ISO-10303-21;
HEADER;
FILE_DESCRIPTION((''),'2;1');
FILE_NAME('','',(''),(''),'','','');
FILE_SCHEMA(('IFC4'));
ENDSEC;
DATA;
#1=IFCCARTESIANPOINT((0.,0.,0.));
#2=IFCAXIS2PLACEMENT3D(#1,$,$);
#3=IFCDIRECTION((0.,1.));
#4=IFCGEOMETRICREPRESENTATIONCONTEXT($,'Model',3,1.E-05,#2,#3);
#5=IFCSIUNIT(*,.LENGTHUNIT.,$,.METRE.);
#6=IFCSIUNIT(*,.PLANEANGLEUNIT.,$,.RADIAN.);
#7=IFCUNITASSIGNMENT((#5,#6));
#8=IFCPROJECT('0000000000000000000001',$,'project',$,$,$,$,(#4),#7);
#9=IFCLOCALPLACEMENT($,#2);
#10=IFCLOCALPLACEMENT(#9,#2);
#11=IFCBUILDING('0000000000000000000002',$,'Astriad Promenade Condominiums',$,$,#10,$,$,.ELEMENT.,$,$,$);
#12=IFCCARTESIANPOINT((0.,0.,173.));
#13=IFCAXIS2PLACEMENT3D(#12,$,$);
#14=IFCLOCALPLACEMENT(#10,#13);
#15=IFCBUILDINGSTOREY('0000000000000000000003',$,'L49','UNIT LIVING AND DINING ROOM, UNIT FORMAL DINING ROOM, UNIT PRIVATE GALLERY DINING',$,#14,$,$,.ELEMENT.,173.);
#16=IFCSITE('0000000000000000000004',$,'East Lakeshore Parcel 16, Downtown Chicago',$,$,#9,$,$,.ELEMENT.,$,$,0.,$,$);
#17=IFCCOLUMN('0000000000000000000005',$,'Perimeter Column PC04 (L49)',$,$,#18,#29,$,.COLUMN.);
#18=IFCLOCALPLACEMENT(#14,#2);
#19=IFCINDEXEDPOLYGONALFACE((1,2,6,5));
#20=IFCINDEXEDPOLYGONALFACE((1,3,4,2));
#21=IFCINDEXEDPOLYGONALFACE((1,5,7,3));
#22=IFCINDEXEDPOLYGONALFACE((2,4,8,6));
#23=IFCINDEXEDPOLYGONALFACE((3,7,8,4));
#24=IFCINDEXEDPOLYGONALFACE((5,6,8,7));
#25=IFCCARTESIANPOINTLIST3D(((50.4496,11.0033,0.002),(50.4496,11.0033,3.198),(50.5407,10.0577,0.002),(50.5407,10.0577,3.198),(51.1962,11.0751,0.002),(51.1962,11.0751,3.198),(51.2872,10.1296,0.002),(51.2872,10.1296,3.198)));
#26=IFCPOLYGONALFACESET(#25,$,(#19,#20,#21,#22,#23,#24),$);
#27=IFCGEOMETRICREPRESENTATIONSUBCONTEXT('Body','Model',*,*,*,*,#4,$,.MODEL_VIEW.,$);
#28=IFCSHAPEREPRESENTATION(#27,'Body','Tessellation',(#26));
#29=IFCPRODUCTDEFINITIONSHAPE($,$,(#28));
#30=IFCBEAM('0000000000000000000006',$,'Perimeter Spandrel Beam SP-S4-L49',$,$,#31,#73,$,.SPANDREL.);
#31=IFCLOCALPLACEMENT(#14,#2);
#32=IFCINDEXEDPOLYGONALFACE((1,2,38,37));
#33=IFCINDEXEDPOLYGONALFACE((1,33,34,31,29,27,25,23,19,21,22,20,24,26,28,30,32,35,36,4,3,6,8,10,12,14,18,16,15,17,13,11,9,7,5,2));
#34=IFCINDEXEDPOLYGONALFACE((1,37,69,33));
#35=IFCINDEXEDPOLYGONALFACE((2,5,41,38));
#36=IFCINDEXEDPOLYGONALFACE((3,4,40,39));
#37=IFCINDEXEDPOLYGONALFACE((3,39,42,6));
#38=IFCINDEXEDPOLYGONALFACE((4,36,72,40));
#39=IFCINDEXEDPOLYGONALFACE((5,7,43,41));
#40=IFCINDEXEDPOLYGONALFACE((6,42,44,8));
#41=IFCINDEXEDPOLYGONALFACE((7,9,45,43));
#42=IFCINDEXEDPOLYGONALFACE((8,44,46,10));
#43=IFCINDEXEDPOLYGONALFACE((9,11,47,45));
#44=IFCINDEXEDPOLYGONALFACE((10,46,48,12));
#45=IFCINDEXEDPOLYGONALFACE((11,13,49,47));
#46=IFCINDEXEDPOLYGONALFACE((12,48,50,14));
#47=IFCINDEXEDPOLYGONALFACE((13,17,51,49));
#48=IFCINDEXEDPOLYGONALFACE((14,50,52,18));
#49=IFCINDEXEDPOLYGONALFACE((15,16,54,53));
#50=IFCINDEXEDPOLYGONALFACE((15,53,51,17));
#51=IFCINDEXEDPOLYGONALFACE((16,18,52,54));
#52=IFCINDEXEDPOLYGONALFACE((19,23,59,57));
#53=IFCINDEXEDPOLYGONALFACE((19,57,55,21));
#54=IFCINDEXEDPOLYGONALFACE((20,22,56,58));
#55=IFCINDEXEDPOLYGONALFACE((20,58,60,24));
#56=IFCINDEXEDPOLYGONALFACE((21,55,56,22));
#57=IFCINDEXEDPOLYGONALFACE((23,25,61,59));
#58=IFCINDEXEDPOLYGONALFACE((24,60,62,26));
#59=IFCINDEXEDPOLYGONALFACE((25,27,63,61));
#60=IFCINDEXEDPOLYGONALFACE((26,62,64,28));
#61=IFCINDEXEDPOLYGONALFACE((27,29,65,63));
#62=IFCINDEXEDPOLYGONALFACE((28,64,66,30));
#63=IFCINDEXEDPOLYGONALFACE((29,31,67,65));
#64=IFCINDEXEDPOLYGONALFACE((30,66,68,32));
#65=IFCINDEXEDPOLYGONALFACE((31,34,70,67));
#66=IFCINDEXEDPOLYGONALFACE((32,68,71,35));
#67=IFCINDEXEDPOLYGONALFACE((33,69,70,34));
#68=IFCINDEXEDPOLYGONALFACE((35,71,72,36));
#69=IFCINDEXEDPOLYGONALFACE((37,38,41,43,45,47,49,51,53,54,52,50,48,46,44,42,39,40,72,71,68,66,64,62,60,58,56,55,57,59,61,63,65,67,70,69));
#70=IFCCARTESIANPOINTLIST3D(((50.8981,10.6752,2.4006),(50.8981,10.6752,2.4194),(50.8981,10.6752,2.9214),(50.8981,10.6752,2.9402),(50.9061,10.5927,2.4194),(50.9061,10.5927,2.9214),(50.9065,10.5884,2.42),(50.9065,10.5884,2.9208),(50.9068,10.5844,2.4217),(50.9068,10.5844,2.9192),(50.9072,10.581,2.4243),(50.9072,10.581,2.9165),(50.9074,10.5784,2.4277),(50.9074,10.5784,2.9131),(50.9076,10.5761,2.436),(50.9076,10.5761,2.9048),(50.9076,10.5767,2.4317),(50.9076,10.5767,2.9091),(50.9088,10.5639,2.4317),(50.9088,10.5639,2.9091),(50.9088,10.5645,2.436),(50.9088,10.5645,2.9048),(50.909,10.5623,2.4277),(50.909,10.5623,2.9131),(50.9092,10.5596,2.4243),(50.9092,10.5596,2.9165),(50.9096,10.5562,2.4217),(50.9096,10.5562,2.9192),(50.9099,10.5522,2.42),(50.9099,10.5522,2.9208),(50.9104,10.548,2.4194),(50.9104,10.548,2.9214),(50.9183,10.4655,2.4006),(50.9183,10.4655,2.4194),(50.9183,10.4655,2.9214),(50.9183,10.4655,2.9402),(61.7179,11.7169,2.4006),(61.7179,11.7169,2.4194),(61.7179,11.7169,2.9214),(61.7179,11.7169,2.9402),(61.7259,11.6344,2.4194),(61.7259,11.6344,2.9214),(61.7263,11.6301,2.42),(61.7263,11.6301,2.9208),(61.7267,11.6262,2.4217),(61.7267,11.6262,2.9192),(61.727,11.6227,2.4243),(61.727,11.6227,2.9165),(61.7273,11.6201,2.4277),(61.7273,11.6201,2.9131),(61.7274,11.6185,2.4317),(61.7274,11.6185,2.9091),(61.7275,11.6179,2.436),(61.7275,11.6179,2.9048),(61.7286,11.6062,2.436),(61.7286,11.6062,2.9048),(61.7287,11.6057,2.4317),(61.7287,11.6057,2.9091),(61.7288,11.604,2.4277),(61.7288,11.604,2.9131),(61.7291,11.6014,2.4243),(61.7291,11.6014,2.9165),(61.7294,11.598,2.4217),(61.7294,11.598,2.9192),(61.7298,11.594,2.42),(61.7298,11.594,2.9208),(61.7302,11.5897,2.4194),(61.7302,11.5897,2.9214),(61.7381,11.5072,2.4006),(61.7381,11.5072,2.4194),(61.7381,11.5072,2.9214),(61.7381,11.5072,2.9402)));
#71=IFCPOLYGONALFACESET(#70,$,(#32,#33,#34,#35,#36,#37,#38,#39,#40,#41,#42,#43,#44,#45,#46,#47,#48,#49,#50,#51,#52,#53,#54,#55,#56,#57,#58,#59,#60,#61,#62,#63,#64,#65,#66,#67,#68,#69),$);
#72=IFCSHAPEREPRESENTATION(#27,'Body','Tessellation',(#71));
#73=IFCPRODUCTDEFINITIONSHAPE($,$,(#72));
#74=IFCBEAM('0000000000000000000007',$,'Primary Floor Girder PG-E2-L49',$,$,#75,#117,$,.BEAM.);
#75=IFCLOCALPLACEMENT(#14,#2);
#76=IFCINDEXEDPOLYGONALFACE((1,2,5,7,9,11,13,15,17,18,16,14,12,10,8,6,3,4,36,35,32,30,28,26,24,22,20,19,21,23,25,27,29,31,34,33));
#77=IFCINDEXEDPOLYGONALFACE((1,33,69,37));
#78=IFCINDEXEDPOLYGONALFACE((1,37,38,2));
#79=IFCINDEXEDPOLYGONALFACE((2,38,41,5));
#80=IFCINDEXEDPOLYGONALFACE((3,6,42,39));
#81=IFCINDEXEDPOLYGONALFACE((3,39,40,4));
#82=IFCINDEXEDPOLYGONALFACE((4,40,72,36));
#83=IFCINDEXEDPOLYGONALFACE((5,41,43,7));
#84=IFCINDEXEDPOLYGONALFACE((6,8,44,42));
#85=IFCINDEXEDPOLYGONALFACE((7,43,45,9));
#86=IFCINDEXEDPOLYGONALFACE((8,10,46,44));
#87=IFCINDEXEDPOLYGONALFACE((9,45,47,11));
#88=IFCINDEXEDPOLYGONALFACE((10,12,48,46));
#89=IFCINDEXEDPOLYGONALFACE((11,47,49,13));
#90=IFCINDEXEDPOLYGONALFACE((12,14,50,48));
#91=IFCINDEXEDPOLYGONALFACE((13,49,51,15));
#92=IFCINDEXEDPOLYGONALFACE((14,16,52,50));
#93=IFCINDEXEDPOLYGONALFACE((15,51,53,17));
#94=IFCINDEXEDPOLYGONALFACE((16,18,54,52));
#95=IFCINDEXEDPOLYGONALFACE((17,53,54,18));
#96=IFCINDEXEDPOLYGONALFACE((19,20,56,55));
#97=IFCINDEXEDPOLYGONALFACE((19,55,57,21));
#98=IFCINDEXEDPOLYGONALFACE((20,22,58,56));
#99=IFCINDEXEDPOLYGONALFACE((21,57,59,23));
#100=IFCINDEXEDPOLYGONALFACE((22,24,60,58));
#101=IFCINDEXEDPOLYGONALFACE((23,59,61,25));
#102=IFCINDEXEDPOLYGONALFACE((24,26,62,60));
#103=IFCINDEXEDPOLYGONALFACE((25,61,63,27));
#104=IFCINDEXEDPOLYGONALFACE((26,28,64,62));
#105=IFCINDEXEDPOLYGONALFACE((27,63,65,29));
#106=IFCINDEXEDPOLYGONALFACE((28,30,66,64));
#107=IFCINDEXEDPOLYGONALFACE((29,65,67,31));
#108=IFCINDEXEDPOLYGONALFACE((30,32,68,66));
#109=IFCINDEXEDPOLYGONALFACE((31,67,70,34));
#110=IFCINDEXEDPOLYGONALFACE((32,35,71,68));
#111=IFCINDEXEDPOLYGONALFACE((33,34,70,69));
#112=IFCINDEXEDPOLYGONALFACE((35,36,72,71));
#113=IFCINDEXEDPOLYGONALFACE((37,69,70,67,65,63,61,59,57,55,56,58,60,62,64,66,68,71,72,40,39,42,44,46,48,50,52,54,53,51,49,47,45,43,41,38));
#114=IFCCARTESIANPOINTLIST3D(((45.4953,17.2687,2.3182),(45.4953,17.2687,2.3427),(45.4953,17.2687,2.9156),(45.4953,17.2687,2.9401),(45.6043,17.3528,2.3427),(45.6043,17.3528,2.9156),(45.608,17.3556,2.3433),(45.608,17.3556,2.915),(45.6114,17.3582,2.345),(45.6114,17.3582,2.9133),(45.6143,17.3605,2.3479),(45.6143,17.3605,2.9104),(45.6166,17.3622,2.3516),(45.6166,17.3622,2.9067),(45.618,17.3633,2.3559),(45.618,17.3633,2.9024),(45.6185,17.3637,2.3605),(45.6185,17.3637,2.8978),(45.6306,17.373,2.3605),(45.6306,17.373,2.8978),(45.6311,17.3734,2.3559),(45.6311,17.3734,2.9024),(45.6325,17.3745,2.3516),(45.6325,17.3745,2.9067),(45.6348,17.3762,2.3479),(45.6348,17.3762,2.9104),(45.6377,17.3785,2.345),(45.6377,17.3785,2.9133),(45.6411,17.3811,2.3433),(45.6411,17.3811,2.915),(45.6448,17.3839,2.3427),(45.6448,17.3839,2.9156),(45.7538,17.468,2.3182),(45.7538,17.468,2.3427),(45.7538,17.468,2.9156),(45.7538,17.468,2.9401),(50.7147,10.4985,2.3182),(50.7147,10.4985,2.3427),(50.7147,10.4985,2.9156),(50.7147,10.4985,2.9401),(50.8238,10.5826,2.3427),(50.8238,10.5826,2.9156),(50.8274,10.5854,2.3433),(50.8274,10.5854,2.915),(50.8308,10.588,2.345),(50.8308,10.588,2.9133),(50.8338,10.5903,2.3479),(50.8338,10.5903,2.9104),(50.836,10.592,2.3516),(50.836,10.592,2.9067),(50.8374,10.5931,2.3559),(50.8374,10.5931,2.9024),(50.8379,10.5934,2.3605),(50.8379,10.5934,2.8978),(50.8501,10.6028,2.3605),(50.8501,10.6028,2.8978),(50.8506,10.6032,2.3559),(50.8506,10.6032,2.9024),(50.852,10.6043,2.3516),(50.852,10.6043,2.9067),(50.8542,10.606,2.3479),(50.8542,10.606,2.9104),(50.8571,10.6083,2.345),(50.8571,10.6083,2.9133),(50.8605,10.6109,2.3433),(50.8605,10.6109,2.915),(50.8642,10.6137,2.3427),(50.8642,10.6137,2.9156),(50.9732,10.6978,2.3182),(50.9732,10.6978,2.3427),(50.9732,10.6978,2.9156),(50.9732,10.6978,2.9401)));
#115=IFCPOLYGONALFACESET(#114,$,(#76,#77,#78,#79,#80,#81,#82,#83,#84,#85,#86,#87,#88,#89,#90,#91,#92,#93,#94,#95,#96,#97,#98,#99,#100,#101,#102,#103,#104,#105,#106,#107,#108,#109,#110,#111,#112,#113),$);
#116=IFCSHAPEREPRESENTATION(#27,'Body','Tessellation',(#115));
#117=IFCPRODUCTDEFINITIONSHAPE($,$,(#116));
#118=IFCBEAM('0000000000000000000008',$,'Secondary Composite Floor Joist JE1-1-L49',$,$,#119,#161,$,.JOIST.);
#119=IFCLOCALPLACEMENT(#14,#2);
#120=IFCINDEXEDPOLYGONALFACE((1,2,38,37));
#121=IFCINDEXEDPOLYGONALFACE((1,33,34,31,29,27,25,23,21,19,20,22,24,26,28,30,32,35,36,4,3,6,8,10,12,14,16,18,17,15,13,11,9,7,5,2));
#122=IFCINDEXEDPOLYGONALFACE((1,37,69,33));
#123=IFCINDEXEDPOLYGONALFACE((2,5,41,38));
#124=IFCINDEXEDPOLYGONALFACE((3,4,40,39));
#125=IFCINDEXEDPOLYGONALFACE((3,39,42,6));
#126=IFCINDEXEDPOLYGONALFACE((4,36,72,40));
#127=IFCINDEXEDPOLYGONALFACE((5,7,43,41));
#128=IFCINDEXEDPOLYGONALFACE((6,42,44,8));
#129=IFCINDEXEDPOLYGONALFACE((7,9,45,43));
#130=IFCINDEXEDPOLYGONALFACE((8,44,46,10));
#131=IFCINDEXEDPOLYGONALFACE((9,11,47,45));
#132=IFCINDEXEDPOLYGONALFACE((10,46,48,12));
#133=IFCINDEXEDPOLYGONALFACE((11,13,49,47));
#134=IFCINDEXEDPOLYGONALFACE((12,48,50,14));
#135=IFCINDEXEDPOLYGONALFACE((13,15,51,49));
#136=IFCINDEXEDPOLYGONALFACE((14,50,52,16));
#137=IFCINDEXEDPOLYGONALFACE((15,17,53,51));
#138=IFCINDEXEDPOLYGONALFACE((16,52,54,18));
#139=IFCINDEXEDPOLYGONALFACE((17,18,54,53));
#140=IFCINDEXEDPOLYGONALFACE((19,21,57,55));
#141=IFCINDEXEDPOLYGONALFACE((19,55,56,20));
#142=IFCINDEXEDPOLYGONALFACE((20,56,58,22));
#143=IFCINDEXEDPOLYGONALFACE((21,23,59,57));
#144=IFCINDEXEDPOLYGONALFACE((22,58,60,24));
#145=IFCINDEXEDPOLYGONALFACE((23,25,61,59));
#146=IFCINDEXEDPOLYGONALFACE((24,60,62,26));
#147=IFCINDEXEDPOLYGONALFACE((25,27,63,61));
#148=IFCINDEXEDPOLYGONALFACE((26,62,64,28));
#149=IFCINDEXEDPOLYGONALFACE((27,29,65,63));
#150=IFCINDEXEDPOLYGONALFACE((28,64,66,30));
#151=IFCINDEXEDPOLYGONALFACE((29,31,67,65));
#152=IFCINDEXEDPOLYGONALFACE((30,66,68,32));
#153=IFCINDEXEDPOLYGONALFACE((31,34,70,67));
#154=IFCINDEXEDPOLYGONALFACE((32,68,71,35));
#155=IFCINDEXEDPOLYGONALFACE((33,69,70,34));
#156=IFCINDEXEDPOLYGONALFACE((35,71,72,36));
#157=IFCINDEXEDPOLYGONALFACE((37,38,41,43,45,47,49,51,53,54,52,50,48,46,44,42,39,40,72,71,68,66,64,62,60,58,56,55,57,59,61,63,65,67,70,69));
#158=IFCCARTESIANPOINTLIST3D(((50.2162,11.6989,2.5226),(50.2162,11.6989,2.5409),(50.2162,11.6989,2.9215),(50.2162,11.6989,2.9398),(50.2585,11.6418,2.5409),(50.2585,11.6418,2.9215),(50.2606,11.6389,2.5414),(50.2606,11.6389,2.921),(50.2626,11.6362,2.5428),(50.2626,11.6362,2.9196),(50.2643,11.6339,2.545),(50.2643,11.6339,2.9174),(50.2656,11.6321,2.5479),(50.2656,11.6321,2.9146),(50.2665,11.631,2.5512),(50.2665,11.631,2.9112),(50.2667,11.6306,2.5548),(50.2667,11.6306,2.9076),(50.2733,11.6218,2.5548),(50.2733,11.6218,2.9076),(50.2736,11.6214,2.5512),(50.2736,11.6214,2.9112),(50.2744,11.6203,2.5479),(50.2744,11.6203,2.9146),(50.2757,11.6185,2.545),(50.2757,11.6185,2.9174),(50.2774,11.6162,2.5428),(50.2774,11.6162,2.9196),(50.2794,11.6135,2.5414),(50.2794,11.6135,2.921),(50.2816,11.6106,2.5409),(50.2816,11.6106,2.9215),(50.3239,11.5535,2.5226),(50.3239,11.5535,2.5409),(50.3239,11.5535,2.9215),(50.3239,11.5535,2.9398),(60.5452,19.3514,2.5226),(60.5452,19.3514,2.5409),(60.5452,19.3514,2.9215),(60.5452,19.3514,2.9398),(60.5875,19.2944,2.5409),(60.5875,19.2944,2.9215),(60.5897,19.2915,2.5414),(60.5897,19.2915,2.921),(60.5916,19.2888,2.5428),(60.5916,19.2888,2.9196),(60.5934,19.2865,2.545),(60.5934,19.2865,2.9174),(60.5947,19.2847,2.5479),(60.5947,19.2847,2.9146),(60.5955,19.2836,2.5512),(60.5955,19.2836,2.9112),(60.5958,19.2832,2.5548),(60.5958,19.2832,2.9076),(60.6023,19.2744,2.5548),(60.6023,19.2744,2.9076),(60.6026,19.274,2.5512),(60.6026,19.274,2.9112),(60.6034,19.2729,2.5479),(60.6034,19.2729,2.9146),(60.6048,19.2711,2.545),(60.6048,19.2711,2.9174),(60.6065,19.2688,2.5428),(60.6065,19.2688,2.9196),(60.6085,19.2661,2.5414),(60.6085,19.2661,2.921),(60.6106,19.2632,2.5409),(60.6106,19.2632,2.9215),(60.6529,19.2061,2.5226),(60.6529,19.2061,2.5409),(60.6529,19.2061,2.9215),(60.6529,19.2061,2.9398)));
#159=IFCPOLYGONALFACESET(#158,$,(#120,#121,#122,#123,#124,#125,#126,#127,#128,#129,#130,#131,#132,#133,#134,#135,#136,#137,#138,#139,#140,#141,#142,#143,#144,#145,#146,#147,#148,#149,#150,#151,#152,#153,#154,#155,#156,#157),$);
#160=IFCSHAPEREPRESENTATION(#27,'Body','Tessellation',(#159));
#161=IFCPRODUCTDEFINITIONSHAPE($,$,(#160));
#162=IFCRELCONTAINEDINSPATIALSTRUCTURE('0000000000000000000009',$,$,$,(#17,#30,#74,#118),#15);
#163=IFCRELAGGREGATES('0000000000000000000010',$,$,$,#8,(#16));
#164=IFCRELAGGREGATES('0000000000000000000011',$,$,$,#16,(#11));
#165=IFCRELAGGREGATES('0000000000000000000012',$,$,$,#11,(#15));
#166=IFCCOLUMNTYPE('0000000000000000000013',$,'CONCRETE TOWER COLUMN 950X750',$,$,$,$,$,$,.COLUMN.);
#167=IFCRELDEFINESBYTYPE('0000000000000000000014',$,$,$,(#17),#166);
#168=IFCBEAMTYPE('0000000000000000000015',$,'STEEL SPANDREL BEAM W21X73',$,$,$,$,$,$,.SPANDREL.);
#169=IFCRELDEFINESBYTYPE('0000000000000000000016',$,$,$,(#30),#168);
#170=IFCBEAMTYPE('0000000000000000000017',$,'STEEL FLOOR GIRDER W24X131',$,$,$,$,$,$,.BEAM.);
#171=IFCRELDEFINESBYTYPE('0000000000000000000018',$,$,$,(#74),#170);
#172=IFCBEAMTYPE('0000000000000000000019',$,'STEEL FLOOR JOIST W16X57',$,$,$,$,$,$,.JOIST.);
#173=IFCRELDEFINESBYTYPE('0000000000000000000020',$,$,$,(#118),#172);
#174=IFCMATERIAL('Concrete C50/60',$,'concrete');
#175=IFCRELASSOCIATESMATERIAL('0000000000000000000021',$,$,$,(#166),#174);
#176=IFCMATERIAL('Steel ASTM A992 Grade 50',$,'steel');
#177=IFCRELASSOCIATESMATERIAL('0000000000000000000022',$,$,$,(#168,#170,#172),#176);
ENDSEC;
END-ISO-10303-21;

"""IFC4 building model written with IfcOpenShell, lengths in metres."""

from ifc_helpers import new_model, si_unit, direction, frame, origin, origin_2d, place, context, subcontext, project, spatial, rectangle, i_section, extrude, source, transform, mapped, material, material_profile, profile_set, type_object, type_shapes, element, save


model = new_model("IFC4")

# Units and contexts
model_context = context("Model", 3, precision=1e-05, world=origin(), true_north=direction((0.0, 1.0)))
body_context = subcontext(model_context, "Body", "Model", "MODEL_VIEW")
ifc_project = project(units=[si_unit("LENGTHUNIT", "METRE"), si_unit("PLANEANGLEUNIT", "RADIAN")], contexts=[model_context])

# Site, building, storey
site_placement = place(None, origin())
site = spatial("IfcSite", under=ifc_project, at=site_placement, Name="East Lakeshore Parcel 16, Downtown Chicago", CompositionType="ELEMENT", RefElevation=0.0)
building_placement = place(site_placement, origin())
building = spatial("IfcBuilding", under=site, at=building_placement, Name="Astriad Promenade Condominiums", CompositionType="ELEMENT")
storey_placement = place(building_placement, frame((0.0, 0.0, 173.0)))
storey = spatial("IfcBuildingStorey", under=building, at=storey_placement, Name="L49", Description="UNIT LIVING AND DINING ROOM, UNIT FORMAL DINING ROOM, UNIT PRIVATE GALLERY DINING", CompositionType="ELEMENT", Elevation=173.0)

# Column
ifc_material_1 = material(Name="Concrete C50/60", Category="concrete")
ifc_material_profile_1 = material_profile(ifc_material_1, rectangle(XDim=0.75, YDim=0.95, at=origin_2d()), Name="RC-COL-950X750")
ifc_profile_set_1 = profile_set([ifc_material_profile_1], Name="Concrete C50/60")
column_type = type_object("IfcColumnType", Name="CONCRETE TOWER COLUMN 950X750", PredefinedType="COLUMN", material=ifc_profile_set_1)
shared_shape_1 = source(origin(), body_context, "Body", "SweptSolid", [
    extrude(rectangle(XDim=0.75, YDim=0.95, at=origin_2d()), origin(), (0.0, 0.0, 1.0), 3.196),
])
type_shapes(column_type, [shared_shape_1])
column_placement = place(storey_placement, frame((50.8684, 10.5664, 0.002), z_axis=(0.0, 0.0, 1.0), x_axis=(0.995396, 0.095846, 0.0)))
element("IfcColumn", 1, at=column_placement, inside=storey, type_object=column_type, Name="Perimeter Column PC04 (L49)", PredefinedType="COLUMN", context=body_context, shape_type="MappedRepresentation", body=[
    mapped(shared_shape_1, transform((0.0, 0.0, 0.0), scale=1.0)),
])

# Beams
ifc_material_2 = material(Name="Steel ASTM A992 Grade 50", Category="steel")
ifc_material_profile_2 = material_profile(ifc_material_2, i_section(OverallWidth=0.2107, OverallDepth=0.5396, WebThickness=0.0117, FlangeThickness=0.0188, FilletRadius=0.0166, at=origin_2d()), Name="W21X73")
ifc_profile_set_2 = profile_set([ifc_material_profile_2], Name="Steel ASTM A992 Grade 50")
beam_type_1 = type_object("IfcBeamType", Name="STEEL SPANDREL BEAM W21X73", PredefinedType="SPANDREL", material=ifc_profile_set_2)
shared_shape_2 = source(origin(), body_context, "Body", "SweptSolid", [
    extrude(i_section(OverallWidth=0.2107, OverallDepth=0.5396, WebThickness=0.0117, FlangeThickness=0.0188, FilletRadius=0.0166, at=origin_2d()), origin(), (0.0, 0.0, 1.0), 10.8699),
])
type_shapes(beam_type_1, [shared_shape_2])
beam_1_placement = place(storey_placement, frame((50.9082, 10.5703, 2.6704), z_axis=(0.995397, 0.095838, 0.0), x_axis=(-0.095838, 0.995397, 0.0)))
element("IfcBeam", 2, at=beam_1_placement, inside=storey, type_object=beam_type_1, Name="Perimeter Spandrel Beam SP-S4-L49", PredefinedType="SPANDREL", context=body_context, shape_type="MappedRepresentation", body=[
    mapped(shared_shape_2, transform((0.0, 0.0, 0.0), scale=1.0)),
])
ifc_material_profile_3 = material_profile(ifc_material_2, i_section(OverallWidth=0.3264, OverallDepth=0.6218, WebThickness=0.0154, FlangeThickness=0.0244, FilletRadius=0.0178, at=origin_2d()), Name="W24X131")
ifc_profile_set_3 = profile_set([ifc_material_profile_3], Name="Steel ASTM A992 Grade 50")
beam_type_2 = type_object("IfcBeamType", Name="STEEL FLOOR GIRDER W24X131", PredefinedType="BEAM", material=ifc_profile_set_3)
shared_shape_3 = source(origin(), body_context, "Body", "SweptSolid", [
    extrude(i_section(OverallWidth=0.3264, OverallDepth=0.6218, WebThickness=0.0154, FlangeThickness=0.0244, FilletRadius=0.0178, at=origin_2d()), origin(), (0.0, 0.0, 1.0), 8.5486),
])
type_shapes(beam_type_2, [shared_shape_3])
beam_2_placement = place(storey_placement, frame((50.844, 10.5981, 2.6292), z_axis=(-0.610562, 0.791968, 0.0), x_axis=(-0.791968, -0.610562, 0.0)))
element("IfcBeam", 3, at=beam_2_placement, inside=storey, type_object=beam_type_2, Name="Primary Floor Girder PG-E2-L49", PredefinedType="BEAM", context=body_context, shape_type="MappedRepresentation", body=[
    mapped(shared_shape_3, transform((0.0, 0.0, 0.0), scale=1.0)),
])
ifc_material_profile_4 = material_profile(ifc_material_2, i_section(OverallWidth=0.1809, OverallDepth=0.4172, WebThickness=0.011, FlangeThickness=0.0183, FilletRadius=0.0139, at=origin_2d()), Name="W16X57")
ifc_profile_set_4 = profile_set([ifc_material_profile_4], Name="Steel ASTM A992 Grade 50")
beam_type_3 = type_object("IfcBeamType", Name="STEEL FLOOR JOIST W16X57", PredefinedType="JOIST", material=ifc_profile_set_4)
shared_shape_4 = source(origin(), body_context, "Body", "SweptSolid", [
    extrude(i_section(OverallWidth=0.1809, OverallDepth=0.4172, WebThickness=0.011, FlangeThickness=0.0183, FilletRadius=0.0139, at=origin_2d()), origin(), (0.0, 0.0, 1.0), 12.855),
])
beam_3_placement = place(storey_placement, frame((50.27, 11.6262, 2.7312), z_axis=(0.803505, 0.595298, 0.0), x_axis=(-0.595298, 0.803505, 0.0)))
element("IfcBeam", 4, at=beam_3_placement, inside=storey, type_object=beam_type_3, Name="Secondary Composite Floor Joist JE1-1-L49", PredefinedType="JOIST", context=body_context, shape_type="MappedRepresentation", body=[
    mapped(shared_shape_4, transform((0.0, 0.0, 0.0), scale=1.0)),
])

save(model, "model.ifc")
